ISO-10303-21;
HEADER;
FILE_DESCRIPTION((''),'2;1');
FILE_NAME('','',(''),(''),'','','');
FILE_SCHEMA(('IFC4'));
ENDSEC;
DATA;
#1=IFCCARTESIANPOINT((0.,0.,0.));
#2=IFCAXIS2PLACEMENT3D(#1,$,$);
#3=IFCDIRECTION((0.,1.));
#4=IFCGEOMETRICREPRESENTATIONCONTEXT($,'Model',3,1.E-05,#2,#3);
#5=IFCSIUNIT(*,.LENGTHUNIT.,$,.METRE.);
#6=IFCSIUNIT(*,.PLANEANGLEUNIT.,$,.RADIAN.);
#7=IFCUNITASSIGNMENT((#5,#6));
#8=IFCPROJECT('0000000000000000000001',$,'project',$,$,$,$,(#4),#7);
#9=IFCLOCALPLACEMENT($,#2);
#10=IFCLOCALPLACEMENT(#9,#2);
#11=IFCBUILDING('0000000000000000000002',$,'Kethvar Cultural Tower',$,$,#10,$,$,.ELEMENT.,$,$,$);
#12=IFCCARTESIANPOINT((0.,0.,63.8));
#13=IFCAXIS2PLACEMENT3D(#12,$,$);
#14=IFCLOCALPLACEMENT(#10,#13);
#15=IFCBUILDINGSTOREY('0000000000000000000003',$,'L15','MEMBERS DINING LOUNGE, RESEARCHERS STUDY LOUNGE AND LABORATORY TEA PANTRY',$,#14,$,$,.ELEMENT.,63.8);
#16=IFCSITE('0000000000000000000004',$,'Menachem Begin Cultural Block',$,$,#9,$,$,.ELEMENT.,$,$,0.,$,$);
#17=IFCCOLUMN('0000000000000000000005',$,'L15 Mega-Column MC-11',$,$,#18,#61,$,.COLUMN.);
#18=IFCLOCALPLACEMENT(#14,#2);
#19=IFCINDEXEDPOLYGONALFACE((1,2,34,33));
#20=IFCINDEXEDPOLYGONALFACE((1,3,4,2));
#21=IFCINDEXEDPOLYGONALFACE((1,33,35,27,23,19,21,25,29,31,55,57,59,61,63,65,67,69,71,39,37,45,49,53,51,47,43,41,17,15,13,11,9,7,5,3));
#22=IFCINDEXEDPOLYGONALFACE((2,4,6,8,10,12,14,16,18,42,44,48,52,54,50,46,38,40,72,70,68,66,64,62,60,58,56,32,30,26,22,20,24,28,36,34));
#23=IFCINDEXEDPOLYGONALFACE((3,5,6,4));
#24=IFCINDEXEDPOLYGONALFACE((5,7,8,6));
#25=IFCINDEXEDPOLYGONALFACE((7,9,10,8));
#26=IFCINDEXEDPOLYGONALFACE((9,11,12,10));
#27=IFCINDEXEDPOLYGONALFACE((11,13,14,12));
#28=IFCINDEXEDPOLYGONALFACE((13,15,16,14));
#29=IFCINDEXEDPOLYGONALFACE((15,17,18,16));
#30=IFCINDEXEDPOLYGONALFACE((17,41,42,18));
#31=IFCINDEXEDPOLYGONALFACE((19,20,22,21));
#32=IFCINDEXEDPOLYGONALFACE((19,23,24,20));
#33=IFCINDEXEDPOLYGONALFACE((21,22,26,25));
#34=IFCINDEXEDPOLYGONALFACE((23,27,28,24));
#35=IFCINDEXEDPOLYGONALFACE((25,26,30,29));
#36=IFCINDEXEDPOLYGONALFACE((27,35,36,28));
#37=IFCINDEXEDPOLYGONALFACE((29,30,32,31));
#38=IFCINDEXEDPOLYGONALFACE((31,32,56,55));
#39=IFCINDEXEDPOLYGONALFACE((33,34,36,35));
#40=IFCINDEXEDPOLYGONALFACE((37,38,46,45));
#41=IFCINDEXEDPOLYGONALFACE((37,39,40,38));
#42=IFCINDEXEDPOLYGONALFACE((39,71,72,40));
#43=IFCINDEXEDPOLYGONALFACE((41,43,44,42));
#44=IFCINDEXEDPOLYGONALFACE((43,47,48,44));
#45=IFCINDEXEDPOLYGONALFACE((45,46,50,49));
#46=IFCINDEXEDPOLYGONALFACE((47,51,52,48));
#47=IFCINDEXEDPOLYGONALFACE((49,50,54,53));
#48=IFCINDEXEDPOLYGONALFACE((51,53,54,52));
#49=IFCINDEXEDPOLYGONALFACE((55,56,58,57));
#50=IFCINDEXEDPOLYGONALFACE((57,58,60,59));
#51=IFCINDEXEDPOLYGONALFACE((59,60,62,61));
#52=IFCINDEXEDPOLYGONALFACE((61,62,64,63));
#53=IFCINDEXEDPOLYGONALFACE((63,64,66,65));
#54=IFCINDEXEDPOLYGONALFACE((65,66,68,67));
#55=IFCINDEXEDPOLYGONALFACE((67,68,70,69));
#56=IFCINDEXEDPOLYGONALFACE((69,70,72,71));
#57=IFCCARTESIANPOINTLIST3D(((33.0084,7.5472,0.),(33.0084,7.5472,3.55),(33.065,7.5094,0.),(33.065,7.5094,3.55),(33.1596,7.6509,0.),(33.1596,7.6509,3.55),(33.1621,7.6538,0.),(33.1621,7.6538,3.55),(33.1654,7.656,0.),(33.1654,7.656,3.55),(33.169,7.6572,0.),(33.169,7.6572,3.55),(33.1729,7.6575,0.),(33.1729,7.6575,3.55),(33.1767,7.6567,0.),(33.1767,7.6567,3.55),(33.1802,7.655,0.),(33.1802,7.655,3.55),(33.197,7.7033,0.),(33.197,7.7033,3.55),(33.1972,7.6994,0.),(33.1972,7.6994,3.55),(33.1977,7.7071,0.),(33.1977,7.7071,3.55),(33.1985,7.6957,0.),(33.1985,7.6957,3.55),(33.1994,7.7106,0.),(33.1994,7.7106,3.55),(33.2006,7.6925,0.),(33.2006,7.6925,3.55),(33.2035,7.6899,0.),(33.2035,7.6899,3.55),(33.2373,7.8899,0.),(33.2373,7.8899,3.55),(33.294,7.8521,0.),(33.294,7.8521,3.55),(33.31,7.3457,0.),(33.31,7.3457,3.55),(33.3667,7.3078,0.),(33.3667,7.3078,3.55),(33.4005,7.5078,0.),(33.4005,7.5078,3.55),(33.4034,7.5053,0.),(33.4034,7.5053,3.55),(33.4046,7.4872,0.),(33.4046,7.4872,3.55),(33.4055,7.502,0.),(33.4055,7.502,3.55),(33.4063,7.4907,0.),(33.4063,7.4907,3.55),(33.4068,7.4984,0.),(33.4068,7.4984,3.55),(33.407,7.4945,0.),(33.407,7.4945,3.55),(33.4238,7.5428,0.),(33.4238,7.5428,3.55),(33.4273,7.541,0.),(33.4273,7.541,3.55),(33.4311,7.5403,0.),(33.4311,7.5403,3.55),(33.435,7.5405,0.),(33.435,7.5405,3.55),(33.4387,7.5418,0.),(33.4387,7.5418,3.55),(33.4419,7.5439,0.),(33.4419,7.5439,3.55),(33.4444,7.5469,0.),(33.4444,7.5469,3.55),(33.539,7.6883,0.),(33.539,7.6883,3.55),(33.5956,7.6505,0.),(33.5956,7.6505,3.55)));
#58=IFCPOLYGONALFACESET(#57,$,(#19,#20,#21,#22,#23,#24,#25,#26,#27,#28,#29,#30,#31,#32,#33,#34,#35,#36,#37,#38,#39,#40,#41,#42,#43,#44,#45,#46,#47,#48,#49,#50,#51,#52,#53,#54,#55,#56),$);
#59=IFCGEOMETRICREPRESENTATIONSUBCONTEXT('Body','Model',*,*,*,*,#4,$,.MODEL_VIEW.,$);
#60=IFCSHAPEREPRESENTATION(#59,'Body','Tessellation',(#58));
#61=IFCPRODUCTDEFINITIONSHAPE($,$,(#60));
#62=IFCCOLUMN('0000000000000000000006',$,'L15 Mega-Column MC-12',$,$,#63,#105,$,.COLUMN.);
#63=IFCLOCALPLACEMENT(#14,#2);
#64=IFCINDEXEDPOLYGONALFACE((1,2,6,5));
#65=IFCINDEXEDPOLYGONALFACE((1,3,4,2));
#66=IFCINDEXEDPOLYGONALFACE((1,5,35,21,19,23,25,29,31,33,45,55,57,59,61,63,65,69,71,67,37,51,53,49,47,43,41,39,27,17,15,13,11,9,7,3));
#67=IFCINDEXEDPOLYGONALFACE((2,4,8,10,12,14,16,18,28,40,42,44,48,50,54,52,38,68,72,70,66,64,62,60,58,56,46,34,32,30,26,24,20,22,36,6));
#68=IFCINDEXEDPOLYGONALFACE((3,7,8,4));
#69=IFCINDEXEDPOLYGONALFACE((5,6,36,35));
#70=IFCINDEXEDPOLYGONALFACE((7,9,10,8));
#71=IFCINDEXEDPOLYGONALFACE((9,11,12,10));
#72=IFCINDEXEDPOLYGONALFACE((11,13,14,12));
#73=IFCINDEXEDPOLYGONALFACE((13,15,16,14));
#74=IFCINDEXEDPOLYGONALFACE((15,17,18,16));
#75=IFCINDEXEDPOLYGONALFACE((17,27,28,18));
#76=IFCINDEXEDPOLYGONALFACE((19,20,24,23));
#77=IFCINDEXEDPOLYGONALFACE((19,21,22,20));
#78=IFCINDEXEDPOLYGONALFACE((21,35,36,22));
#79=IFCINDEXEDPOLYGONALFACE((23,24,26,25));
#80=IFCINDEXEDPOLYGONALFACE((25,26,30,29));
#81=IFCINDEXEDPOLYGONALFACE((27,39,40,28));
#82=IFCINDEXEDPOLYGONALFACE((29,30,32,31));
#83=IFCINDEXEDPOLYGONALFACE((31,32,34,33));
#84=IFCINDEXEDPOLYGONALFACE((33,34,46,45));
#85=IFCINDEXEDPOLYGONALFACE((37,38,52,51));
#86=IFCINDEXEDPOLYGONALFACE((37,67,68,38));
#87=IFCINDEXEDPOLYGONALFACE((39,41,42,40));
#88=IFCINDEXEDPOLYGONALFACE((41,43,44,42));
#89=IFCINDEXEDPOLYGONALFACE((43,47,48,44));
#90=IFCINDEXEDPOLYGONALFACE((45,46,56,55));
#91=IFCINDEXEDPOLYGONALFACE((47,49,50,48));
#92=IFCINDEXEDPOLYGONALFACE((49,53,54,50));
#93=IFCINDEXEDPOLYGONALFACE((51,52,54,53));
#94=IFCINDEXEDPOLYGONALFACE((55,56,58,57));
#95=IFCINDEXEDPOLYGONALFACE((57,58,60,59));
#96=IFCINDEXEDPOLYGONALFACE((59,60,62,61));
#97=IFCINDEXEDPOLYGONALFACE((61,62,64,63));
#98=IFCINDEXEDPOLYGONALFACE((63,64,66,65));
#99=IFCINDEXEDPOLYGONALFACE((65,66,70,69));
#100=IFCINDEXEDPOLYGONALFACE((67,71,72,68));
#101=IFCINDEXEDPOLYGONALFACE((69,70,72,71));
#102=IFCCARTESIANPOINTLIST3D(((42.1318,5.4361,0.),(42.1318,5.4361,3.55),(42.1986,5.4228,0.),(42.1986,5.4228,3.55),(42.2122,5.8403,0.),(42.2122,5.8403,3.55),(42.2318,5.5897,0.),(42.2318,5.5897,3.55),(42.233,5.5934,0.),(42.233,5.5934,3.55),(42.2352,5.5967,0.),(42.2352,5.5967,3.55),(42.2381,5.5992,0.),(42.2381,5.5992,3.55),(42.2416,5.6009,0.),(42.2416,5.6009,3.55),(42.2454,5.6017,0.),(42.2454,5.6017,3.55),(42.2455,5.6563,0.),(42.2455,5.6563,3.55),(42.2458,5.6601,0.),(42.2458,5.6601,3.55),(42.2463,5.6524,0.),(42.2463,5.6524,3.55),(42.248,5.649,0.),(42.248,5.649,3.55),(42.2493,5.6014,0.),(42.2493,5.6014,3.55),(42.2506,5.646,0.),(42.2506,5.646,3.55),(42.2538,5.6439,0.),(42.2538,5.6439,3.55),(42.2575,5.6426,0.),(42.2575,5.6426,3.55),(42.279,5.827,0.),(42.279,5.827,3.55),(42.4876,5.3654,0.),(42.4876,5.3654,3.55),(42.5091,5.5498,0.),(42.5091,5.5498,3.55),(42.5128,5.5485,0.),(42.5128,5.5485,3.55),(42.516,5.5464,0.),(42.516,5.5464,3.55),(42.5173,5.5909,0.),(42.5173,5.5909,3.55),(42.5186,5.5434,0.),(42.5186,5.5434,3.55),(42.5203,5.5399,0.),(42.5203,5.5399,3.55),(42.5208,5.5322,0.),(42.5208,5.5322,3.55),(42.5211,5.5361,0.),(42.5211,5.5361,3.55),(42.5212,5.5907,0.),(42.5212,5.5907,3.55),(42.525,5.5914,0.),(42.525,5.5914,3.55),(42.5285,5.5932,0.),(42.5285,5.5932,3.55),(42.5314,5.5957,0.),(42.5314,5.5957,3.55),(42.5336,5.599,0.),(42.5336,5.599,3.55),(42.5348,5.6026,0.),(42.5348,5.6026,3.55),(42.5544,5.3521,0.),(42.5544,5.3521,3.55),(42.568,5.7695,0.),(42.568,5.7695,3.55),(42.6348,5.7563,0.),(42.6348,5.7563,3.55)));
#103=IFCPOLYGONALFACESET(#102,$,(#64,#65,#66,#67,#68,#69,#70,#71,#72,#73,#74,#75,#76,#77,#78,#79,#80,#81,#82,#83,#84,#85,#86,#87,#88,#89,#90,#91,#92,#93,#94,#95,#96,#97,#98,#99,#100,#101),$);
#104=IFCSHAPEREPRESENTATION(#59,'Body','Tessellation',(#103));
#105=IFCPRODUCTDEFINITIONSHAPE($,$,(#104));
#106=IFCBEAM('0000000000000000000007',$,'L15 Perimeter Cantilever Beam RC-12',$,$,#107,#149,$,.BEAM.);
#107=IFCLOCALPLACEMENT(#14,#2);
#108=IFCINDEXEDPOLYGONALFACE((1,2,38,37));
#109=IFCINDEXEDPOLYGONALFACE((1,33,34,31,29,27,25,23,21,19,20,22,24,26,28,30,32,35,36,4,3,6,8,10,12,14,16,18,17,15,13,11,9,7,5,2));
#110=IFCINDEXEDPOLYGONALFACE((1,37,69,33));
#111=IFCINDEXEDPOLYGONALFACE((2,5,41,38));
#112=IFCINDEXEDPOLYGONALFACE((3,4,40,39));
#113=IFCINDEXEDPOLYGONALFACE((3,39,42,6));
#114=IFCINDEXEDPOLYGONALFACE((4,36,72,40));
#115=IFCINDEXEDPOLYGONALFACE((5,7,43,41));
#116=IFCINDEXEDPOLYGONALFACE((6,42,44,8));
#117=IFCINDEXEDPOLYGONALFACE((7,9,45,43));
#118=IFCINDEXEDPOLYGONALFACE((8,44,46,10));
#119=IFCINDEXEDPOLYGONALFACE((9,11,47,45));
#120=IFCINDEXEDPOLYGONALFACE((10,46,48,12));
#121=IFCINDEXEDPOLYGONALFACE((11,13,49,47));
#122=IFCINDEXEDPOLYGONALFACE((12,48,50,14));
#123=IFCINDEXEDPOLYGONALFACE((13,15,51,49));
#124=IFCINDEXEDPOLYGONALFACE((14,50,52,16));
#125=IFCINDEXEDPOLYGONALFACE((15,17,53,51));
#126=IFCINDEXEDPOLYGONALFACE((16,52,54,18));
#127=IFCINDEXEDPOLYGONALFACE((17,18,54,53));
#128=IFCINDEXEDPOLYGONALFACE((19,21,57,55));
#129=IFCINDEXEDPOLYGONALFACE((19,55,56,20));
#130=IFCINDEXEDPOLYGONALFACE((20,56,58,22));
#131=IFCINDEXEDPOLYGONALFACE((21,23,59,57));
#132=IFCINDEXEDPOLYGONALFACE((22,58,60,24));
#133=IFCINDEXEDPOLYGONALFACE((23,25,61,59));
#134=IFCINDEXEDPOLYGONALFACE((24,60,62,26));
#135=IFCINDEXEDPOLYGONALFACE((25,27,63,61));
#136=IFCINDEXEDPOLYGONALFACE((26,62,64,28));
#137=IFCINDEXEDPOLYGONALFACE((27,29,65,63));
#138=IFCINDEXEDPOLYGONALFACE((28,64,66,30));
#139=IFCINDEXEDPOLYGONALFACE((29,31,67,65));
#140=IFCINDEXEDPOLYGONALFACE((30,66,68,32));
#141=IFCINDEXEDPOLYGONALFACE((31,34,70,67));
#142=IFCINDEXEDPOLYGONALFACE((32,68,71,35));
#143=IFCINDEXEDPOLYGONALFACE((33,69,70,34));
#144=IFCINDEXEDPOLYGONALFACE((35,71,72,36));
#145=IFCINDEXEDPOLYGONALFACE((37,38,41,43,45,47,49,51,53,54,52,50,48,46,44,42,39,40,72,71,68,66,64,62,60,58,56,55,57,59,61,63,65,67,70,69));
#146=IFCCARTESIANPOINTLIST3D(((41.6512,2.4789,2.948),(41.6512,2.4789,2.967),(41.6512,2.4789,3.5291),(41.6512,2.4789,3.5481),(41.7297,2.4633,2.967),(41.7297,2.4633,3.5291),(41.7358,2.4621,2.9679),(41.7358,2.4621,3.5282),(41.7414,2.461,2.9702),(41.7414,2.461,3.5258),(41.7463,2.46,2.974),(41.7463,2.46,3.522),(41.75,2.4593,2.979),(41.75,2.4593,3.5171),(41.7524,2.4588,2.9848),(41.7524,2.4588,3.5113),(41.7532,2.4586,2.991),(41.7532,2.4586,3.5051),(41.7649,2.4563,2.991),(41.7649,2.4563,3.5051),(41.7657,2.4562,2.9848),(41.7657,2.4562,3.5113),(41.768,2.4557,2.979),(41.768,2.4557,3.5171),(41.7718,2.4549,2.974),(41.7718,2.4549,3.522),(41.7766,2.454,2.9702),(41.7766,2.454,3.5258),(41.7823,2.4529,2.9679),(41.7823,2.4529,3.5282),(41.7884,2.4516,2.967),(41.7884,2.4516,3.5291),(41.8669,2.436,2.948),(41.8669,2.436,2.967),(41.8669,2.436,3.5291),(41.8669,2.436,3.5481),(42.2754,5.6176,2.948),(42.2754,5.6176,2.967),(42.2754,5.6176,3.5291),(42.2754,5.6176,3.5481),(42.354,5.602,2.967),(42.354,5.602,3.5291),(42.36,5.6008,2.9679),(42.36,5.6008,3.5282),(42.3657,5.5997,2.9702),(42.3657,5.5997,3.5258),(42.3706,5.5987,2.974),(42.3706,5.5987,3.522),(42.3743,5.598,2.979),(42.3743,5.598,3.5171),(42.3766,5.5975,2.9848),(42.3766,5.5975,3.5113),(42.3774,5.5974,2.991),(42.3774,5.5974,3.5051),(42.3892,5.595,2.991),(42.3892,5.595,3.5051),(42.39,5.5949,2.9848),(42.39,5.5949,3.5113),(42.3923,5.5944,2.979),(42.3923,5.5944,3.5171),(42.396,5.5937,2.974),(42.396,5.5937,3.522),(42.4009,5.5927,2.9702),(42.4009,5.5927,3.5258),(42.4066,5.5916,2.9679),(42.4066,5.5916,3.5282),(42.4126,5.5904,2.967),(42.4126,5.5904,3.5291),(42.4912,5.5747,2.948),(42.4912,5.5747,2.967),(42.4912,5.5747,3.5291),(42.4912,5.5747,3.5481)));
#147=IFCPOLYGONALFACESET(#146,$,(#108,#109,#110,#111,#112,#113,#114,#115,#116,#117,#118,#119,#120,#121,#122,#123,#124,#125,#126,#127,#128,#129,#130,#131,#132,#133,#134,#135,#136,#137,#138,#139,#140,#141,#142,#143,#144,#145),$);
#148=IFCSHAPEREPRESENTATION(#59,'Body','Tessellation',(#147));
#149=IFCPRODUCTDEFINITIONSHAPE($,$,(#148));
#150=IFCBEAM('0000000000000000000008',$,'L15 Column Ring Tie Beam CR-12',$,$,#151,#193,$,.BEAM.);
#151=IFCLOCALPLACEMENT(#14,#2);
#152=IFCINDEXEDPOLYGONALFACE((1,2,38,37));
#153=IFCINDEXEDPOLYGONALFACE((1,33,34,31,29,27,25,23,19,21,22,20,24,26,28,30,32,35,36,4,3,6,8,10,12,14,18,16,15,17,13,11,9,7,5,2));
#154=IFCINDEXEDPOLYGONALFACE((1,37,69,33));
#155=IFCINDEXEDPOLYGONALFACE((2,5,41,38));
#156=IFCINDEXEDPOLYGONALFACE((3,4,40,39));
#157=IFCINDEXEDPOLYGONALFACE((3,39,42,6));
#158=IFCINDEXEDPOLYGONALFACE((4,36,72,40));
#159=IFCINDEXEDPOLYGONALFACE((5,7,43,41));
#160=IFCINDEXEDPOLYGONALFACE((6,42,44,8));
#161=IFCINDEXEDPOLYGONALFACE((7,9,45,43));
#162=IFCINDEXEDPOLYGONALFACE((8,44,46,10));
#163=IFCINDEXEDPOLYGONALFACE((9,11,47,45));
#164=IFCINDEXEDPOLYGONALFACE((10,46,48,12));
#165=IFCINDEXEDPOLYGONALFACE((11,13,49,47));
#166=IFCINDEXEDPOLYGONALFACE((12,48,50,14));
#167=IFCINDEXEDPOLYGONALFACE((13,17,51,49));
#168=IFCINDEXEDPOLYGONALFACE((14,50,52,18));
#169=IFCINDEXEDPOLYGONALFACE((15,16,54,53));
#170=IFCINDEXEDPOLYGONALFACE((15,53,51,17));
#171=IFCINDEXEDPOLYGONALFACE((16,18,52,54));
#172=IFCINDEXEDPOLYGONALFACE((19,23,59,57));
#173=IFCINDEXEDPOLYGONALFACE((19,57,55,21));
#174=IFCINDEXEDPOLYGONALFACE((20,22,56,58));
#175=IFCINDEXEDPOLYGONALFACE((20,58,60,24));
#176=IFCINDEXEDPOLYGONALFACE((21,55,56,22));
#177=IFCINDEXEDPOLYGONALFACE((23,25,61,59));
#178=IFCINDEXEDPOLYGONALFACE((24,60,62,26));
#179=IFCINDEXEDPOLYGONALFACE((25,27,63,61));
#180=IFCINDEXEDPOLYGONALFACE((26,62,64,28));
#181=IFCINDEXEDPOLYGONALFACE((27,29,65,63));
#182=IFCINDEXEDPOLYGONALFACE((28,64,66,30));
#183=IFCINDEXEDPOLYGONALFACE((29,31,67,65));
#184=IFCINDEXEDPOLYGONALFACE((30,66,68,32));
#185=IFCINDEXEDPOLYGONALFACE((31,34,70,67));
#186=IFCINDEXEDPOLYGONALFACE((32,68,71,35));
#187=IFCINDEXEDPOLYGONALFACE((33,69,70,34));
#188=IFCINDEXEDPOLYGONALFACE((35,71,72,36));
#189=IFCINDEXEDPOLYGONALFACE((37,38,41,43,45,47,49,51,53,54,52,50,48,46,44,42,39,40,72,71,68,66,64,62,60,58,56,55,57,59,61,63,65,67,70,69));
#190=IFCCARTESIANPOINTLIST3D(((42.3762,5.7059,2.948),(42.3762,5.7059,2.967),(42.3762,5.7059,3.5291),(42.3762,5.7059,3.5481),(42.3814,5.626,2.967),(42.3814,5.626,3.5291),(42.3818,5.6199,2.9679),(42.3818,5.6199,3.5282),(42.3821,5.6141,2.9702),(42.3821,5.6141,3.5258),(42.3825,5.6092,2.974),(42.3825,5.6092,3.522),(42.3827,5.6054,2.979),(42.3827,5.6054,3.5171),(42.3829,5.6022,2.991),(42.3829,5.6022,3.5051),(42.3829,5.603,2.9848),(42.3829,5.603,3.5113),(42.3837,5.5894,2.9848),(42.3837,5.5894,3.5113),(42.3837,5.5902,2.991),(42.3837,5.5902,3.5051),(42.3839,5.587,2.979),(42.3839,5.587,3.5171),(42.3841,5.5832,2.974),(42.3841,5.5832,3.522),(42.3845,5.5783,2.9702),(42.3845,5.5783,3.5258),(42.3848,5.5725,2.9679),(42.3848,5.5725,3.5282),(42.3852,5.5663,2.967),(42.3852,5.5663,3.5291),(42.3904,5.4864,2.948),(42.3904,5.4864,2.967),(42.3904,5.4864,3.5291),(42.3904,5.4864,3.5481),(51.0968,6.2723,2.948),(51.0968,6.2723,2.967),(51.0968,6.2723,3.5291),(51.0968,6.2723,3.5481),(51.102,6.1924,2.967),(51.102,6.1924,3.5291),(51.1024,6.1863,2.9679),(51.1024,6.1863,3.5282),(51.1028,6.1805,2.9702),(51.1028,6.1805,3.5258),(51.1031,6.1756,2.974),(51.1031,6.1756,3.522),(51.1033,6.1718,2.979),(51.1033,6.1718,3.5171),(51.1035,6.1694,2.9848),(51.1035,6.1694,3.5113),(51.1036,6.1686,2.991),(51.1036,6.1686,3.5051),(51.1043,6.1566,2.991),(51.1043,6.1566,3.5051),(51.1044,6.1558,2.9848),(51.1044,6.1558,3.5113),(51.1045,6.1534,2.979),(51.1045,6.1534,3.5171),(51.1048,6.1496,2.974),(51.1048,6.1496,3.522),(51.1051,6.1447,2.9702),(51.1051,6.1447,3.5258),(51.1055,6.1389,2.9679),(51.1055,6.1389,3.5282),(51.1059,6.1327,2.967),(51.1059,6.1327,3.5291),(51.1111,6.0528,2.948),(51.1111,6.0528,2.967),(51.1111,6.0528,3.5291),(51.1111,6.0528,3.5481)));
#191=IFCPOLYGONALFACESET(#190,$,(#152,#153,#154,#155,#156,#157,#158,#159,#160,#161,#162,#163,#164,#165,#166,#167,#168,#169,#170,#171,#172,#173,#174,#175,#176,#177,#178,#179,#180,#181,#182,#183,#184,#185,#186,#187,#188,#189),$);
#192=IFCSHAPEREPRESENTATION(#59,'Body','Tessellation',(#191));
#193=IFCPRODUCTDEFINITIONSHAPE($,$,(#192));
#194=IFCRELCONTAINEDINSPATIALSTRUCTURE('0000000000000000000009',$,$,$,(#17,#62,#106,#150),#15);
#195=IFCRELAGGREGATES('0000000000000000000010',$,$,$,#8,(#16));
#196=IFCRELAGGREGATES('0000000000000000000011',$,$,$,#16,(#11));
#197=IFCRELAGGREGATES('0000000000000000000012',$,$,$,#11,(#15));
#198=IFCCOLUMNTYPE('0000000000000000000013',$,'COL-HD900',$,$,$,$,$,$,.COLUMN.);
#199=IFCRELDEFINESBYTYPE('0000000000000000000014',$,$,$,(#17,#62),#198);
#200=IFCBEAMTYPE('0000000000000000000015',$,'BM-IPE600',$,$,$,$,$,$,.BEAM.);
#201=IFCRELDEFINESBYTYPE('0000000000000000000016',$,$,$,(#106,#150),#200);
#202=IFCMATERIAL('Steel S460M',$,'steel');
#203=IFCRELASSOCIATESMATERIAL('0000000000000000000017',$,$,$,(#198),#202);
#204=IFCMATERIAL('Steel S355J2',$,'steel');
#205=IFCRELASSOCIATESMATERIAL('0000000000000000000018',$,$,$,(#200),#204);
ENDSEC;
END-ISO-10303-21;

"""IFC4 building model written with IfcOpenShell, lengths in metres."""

from ifc_helpers import new_model, si_unit, direction, frame, origin, origin_2d, place, context, subcontext, project, spatial, i_section, extrude, source, transform, mapped, material, material_profile, profile_set, type_object, element, save


model = new_model("IFC4")

# Units and contexts
model_context = context("Model", 3, precision=1e-05, world=origin(), true_north=direction((0.0, 1.0)))
body_context = subcontext(model_context, "Body", "Model", "MODEL_VIEW")
ifc_project = project(units=[si_unit("LENGTHUNIT", "METRE"), si_unit("PLANEANGLEUNIT", "RADIAN")], contexts=[model_context])

# Site, building, storey
site_placement = place(None, origin())
site = spatial("IfcSite", under=ifc_project, at=site_placement, Name="Menachem Begin Cultural Block", CompositionType="ELEMENT", RefElevation=0.0)
building_placement = place(site_placement, origin())
building = spatial("IfcBuilding", under=site, at=building_placement, Name="Kethvar Cultural Tower", CompositionType="ELEMENT")
storey_placement = place(building_placement, frame((0.0, 0.0, 63.8)))
storey = spatial("IfcBuildingStorey", under=building, at=storey_placement, Name="L15", Description="MEMBERS DINING LOUNGE, RESEARCHERS STUDY LOUNGE AND LABORATORY TEA PANTRY", CompositionType="ELEMENT", Elevation=63.8)

# Columns
ifc_material_1 = material(Name="Steel S460M", Category="steel")
ifc_material_profile_1 = material_profile(ifc_material_1, i_section(OverallWidth=0.4121, OverallDepth=0.4309, WebThickness=0.042, FlangeThickness=0.0681, FilletRadius=0.0149, at=origin_2d()), Name="Steel S460M — HD400x900")
ifc_profile_set_1 = profile_set([ifc_material_profile_1], Name="Steel S460M — HD400x900")
column_type = type_object("IfcColumnType", Name="COL-HD900", PredefinedType="COLUMN", material=ifc_profile_set_1)
shared_shape_1 = source(origin(), body_context, "Body", "SweptSolid", [
    extrude(i_section(OverallWidth=0.4121, OverallDepth=0.4309, WebThickness=0.042, FlangeThickness=0.0681, FilletRadius=0.0149, at=origin_2d()), origin(), (0.0, 0.0, 1.0), 3.55),
])
for number, where, z_axis, x_axis, name in (
    (1, (33.302, 7.5989, 0.0), (0.0, 0.0, 1.0), (-0.55557, -0.83147, 0.0), "L15 Mega-Column MC-11"),
    (2, (42.3833, 5.5962, 0.0), (0.0, 0.0, 1.0), (-0.19509, -0.980785, 0.0), "L15 Mega-Column MC-12"),
):
    element("IfcColumn", number, at=place(storey_placement, frame(where, z_axis=z_axis, x_axis=x_axis)), inside=storey, type_object=column_type, Name=name, PredefinedType="COLUMN", context=body_context, shape_type="MappedRepresentation", body=[
        mapped(shared_shape_1, transform((0.0, 0.0, 0.0), scale=1.0)),
    ])

# Beams
ifc_material_2 = material(Name="Steel S355J2", Category="steel")
ifc_material_profile_2 = material_profile(ifc_material_2, i_section(OverallWidth=0.22, OverallDepth=0.6001, WebThickness=0.012, FlangeThickness=0.019, FilletRadius=0.0239, at=origin_2d()), Name="Steel S355J2 — IPE600")
ifc_profile_set_2 = profile_set([ifc_material_profile_2], Name="Steel S355J2 — IPE600")
beam_type_1 = type_object("IfcBeamType", Name="BM-IPE600", PredefinedType="BEAM", material=ifc_profile_set_2)
shared_shape_2 = source(origin(), body_context, "Body", "SweptSolid", [
    extrude(i_section(OverallWidth=0.22, OverallDepth=0.6001, WebThickness=0.012, FlangeThickness=0.019, FilletRadius=0.0239, at=origin_2d()), origin(), (0.0, 0.0, 1.0), 3.2002),
])
beam_1_placement = place(storey_placement, frame((42.3833, 5.5962, 3.248), z_axis=(-0.195074, -0.980788, 0.0), x_axis=(0.980788, -0.195074, 0.0)))
element("IfcBeam", 3, at=beam_1_placement, inside=storey, type_object=beam_type_1, Name="L15 Perimeter Cantilever Beam RC-12", PredefinedType="BEAM", context=body_context, shape_type="MappedRepresentation", body=[
    mapped(shared_shape_2, transform((0.0, 0.0, 0.0), scale=1.0)),
])
shared_shape_3 = source(origin(), body_context, "Body", "SweptSolid", [
    extrude(i_section(OverallWidth=0.22, OverallDepth=0.6001, WebThickness=0.012, FlangeThickness=0.019, FilletRadius=0.0239, at=origin_2d()), origin(), (0.0, 0.0, 1.0), 8.739),
])
beam_2_placement = place(storey_placement, frame((42.3833, 5.5962, 3.248), z_axis=(0.997897, 0.064813, 0.0), x_axis=(-0.064813, 0.997897, 0.0)))
element("IfcBeam", 4, at=beam_2_placement, inside=storey, type_object=beam_type_1, Name="L15 Column Ring Tie Beam CR-12", PredefinedType="BEAM", context=body_context, shape_type="MappedRepresentation", body=[
    mapped(shared_shape_3, transform((0.0, 0.0, 0.0), scale=1.0)),
])

save(model, "model.ifc")
